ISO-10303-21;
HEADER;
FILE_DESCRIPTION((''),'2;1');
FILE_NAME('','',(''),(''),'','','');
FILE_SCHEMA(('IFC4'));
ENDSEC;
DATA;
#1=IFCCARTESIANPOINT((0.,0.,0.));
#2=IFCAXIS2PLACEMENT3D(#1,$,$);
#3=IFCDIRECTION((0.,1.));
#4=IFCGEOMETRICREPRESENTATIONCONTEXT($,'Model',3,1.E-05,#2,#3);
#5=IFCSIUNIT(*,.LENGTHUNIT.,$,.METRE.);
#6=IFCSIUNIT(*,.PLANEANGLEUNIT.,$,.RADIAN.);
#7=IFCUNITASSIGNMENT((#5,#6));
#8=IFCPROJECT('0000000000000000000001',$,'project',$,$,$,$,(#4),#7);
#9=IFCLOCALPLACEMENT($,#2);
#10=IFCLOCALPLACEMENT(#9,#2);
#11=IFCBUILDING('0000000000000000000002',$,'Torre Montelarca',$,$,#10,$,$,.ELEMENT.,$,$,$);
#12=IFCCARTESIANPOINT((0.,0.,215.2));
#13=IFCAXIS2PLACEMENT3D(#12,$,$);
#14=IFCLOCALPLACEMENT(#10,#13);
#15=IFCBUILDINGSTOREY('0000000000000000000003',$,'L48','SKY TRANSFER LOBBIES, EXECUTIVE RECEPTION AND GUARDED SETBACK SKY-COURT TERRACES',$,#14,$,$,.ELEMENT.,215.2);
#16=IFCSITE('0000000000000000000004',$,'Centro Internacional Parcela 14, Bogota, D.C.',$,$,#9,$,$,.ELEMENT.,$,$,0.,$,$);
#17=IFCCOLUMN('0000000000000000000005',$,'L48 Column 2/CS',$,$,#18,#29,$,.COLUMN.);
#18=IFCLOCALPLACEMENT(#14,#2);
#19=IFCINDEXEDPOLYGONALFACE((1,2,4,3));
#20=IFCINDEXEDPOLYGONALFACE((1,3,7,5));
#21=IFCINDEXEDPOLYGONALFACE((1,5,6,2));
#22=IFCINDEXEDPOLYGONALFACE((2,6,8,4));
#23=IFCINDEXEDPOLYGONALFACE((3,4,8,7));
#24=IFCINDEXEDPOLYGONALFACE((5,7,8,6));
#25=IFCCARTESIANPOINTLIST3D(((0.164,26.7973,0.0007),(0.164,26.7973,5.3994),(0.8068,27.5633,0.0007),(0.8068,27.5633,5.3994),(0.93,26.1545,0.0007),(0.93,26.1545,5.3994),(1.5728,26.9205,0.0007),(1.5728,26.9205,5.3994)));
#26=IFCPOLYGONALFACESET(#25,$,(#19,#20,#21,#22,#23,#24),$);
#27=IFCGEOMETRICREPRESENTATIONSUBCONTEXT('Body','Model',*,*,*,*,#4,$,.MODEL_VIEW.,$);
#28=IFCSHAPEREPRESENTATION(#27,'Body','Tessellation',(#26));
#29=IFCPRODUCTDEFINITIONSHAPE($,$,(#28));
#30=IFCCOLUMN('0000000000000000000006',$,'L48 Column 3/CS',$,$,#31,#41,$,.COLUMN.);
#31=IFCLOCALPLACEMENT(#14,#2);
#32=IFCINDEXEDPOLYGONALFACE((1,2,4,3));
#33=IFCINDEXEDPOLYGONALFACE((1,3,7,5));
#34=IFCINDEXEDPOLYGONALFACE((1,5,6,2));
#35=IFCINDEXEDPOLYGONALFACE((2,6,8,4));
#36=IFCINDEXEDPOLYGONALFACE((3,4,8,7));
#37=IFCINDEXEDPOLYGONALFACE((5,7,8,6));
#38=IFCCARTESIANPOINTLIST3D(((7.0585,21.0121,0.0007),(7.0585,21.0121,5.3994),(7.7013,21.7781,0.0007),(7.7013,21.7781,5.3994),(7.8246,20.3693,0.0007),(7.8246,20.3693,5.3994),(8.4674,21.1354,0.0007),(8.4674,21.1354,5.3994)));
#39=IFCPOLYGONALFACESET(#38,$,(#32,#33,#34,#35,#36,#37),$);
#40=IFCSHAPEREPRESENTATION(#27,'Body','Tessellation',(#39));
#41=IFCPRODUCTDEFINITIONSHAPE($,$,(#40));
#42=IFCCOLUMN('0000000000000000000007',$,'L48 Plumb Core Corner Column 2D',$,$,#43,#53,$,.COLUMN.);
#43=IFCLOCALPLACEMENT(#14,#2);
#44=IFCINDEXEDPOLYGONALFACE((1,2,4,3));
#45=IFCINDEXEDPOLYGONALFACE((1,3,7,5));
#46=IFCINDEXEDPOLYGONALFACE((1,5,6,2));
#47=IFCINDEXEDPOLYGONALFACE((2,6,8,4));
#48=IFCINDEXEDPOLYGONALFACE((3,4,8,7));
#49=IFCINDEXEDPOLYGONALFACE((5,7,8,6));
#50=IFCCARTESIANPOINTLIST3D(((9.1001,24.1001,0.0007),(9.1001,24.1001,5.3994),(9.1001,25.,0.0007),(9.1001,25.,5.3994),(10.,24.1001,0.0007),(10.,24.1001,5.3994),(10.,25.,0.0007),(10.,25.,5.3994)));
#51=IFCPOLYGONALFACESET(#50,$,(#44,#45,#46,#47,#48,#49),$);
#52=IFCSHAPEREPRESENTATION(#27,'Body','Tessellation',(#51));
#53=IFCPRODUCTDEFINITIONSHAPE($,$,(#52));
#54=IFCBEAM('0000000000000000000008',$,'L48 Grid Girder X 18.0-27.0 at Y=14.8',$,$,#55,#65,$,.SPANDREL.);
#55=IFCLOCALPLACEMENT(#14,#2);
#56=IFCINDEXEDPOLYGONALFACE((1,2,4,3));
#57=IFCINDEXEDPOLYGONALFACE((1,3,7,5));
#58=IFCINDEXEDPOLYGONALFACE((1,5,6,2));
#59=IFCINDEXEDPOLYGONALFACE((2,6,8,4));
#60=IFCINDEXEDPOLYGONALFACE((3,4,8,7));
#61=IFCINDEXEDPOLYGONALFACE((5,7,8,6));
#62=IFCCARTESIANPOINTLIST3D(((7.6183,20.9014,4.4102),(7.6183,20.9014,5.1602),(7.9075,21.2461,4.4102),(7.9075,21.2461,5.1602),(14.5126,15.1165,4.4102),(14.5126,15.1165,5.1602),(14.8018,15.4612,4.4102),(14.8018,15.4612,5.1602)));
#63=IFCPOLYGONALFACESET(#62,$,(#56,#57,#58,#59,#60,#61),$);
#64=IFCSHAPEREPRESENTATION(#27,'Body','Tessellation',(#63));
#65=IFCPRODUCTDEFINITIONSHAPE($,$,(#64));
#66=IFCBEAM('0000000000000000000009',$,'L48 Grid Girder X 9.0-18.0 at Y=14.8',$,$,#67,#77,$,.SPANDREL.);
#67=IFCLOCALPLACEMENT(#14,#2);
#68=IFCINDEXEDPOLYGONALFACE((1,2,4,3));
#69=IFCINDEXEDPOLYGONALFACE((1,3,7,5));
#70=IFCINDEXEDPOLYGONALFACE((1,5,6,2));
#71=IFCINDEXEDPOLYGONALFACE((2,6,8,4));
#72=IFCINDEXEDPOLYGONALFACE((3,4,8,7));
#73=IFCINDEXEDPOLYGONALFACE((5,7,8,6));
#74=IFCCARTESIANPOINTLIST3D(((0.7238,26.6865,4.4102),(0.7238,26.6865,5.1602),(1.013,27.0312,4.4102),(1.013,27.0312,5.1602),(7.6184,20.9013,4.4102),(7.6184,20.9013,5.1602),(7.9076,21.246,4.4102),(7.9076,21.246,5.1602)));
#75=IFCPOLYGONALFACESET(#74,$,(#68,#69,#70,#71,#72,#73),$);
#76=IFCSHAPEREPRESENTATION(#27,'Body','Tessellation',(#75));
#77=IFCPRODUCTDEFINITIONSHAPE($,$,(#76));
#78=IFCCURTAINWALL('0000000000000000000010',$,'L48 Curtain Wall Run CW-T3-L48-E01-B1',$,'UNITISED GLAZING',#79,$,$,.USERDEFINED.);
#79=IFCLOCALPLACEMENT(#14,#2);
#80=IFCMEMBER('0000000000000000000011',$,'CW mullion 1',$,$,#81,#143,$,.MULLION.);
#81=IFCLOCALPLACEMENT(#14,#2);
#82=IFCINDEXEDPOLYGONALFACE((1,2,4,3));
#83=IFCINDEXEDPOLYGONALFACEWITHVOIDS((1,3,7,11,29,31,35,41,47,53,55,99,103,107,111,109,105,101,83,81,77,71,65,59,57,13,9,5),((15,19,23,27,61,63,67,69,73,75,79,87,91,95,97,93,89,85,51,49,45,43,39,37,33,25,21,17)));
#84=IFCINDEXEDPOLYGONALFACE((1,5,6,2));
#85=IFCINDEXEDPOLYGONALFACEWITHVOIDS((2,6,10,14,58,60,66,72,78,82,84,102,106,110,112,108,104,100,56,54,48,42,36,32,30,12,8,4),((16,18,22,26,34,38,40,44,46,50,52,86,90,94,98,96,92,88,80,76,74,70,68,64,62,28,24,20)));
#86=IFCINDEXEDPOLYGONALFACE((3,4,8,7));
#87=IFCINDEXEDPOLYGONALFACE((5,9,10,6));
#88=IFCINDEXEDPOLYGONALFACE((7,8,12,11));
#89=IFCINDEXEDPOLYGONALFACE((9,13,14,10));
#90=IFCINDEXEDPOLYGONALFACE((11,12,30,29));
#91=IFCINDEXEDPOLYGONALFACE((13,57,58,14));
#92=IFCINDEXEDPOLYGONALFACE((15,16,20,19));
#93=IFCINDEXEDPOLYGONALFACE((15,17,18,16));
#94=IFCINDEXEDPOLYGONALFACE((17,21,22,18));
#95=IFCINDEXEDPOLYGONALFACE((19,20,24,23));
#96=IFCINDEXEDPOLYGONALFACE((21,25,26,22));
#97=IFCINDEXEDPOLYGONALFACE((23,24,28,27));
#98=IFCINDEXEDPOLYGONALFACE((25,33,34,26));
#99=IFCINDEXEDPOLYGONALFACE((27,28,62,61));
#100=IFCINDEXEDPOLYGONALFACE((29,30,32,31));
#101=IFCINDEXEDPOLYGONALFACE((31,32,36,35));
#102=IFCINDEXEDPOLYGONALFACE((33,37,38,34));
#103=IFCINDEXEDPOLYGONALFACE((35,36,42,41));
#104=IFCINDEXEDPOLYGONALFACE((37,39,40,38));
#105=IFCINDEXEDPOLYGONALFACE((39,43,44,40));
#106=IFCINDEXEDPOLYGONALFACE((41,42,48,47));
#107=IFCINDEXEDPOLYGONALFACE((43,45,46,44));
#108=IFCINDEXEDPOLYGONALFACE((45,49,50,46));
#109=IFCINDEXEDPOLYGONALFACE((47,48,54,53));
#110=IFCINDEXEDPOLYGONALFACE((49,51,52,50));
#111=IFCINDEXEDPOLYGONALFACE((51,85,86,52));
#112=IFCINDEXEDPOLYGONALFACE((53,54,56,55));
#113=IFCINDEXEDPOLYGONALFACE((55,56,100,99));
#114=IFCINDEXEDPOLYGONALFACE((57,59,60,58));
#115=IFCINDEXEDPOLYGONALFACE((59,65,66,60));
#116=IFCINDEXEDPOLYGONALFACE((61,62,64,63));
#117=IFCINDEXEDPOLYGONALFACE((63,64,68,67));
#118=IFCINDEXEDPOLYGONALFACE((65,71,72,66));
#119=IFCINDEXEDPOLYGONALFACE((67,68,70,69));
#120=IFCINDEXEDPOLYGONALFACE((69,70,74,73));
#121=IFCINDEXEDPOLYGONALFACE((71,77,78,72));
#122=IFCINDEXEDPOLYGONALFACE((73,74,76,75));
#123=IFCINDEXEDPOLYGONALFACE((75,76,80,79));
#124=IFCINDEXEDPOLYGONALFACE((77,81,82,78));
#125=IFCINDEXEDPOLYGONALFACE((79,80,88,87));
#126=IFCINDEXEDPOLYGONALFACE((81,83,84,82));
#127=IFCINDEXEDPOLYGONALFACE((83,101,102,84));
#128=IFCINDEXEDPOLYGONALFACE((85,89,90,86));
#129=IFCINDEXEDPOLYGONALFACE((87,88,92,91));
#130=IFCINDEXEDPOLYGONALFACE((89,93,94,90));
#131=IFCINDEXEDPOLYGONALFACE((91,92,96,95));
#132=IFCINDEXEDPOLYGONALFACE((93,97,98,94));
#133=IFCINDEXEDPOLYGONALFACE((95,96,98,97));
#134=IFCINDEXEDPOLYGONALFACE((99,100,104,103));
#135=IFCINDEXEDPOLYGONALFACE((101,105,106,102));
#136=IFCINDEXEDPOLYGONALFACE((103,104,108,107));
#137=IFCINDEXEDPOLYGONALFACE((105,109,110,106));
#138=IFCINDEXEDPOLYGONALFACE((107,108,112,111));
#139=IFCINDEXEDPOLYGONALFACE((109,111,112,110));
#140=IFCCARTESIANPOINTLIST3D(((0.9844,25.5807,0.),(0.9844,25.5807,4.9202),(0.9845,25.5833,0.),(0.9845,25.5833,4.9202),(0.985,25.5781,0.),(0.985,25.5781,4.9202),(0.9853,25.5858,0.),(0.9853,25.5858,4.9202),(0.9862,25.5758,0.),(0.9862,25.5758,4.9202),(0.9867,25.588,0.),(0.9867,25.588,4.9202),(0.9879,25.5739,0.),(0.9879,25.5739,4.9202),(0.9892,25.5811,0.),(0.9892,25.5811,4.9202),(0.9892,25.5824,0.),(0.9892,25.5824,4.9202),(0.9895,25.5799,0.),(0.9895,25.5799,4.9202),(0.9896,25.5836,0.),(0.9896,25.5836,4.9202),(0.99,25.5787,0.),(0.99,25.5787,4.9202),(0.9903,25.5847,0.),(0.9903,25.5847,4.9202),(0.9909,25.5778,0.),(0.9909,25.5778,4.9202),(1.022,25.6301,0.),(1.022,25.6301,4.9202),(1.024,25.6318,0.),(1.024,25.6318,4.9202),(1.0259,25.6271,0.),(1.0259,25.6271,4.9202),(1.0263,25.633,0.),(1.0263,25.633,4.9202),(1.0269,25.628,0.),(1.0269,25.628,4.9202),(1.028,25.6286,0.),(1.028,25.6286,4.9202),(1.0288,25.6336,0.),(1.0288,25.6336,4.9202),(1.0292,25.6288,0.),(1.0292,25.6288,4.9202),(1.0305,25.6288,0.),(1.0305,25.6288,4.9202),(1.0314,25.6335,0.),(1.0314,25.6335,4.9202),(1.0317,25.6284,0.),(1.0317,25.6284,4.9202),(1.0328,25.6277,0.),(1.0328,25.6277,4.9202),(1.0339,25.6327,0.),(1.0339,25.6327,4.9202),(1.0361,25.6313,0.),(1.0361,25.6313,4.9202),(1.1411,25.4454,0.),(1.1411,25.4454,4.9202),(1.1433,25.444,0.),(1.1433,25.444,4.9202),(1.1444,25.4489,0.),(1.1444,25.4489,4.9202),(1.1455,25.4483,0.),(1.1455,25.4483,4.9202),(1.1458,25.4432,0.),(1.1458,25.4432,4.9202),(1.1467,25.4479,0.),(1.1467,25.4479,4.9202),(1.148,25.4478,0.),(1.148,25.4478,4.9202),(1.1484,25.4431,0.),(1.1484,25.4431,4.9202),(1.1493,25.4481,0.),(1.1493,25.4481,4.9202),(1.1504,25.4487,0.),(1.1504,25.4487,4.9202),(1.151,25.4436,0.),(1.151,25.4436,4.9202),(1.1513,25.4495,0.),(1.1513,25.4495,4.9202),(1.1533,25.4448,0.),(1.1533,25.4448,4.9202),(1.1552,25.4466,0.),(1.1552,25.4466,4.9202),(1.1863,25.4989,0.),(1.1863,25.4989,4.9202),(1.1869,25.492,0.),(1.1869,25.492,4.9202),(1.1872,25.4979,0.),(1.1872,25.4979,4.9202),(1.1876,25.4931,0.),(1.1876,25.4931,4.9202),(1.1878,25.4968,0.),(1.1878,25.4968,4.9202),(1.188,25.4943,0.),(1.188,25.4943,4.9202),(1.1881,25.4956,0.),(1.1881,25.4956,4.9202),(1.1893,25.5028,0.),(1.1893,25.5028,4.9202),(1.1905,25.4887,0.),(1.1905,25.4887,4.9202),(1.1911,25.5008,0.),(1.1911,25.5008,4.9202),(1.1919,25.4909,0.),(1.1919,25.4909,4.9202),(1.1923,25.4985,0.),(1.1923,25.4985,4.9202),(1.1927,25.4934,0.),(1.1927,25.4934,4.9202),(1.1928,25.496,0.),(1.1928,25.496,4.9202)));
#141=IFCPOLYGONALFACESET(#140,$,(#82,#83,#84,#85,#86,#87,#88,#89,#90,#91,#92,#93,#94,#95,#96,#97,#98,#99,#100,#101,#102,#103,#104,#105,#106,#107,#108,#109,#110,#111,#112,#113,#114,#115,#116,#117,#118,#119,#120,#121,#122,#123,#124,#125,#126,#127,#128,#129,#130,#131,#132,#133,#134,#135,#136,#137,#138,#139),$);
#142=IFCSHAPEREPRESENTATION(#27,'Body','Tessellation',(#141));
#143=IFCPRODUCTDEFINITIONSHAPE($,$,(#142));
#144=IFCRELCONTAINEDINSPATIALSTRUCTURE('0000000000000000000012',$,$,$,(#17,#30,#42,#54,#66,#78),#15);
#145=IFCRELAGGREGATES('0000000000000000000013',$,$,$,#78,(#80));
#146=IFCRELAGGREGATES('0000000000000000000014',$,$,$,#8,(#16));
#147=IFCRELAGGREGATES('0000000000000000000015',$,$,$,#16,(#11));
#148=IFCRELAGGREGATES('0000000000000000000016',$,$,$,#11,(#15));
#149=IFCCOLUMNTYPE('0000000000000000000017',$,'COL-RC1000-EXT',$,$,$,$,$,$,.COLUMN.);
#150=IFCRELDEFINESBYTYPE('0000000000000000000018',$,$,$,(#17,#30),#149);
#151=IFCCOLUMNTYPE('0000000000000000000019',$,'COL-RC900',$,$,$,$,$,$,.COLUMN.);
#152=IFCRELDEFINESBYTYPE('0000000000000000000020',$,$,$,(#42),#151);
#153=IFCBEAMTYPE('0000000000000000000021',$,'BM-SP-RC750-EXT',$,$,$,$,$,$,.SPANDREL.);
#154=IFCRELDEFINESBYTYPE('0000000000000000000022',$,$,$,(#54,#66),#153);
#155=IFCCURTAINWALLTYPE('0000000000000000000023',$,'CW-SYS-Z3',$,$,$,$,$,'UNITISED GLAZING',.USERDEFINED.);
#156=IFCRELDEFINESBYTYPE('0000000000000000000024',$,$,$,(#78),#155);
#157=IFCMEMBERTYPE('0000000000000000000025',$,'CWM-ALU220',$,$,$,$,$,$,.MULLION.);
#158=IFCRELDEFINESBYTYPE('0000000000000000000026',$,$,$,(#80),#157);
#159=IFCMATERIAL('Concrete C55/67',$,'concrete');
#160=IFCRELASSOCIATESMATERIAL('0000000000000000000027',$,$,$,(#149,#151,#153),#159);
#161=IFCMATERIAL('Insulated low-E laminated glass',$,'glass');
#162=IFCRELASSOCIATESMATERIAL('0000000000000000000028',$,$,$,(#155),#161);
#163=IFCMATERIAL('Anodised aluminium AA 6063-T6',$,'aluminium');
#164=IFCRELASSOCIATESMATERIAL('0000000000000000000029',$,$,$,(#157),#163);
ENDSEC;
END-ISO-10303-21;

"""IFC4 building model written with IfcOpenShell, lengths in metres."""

from ifc_helpers import new_model, si_unit, direction, frame, origin, origin_2d, place, context, subcontext, project, spatial, rectangle, hollow_rectangle, extrude, source, transform, mapped, material, material_profile, profile_set, type_object, element, aggregate, save


model = new_model("IFC4")

# Units and contexts
model_context = context("Model", 3, precision=1e-05, world=origin(), true_north=direction((0.0, 1.0)))
body_context = subcontext(model_context, "Body", "Model", "MODEL_VIEW")
ifc_project = project(units=[si_unit("LENGTHUNIT", "METRE"), si_unit("PLANEANGLEUNIT", "RADIAN")], contexts=[model_context])

# Site, building, storey
site_placement = place(None, origin())
site = spatial("IfcSite", under=ifc_project, at=site_placement, Name="Centro Internacional Parcela 14, Bogota, D.C.", CompositionType="ELEMENT", RefElevation=0.0)
building_placement = place(site_placement, origin())
building = spatial("IfcBuilding", under=site, at=building_placement, Name="Torre Montelarca", CompositionType="ELEMENT")
storey_placement = place(building_placement, frame((0.0, 0.0, 215.2)))
storey = spatial("IfcBuildingStorey", under=building, at=storey_placement, Name="L48", Description="SKY TRANSFER LOBBIES, EXECUTIVE RECEPTION AND GUARDED SETBACK SKY-COURT TERRACES", CompositionType="ELEMENT", Elevation=215.2)

# Columns
ifc_material_1 = material(Name="Concrete C55/67", Category="concrete")
ifc_material_profile_1 = material_profile(ifc_material_1, rectangle(XDim=1.0, YDim=1.0, at=origin_2d()), Name="RC1000X1000", Category="concrete")
ifc_profile_set_1 = profile_set([ifc_material_profile_1], Name="Concrete C55/67")
column_type_1 = type_object("IfcColumnType", Name="COL-RC1000-EXT", PredefinedType="COLUMN", material=ifc_profile_set_1)
shared_shape_1 = source(origin(), body_context, "Body", "SweptSolid", [
    extrude(rectangle(XDim=1.0, YDim=1.0, at=origin_2d()), origin(), (0.0, 0.0, 1.0), 5.3987),
])
for number, where, z_axis, x_axis, name in (
    (1, (0.8684, 26.8589, 0.0007), (0.0, 0.0, 1.0), (-0.766044, 0.642788, 0.0), "L48 Column 2/CS"),
    (2, (7.7629, 21.0737, 0.0007), (0.0, 0.0, 1.0), (-0.766044, 0.642788, 0.0), "L48 Column 3/CS"),
):
    element("IfcColumn", number, at=place(storey_placement, frame(where, z_axis=z_axis, x_axis=x_axis)), inside=storey, type_object=column_type_1, Name=name, PredefinedType="COLUMN", context=body_context, shape_type="MappedRepresentation", body=[
        mapped(shared_shape_1, transform((0.0, 0.0, 0.0), scale=1.0)),
    ])
ifc_material_profile_2 = material_profile(ifc_material_1, rectangle(XDim=0.8999, YDim=0.8999, at=origin_2d()), Name="RC900X900", Category="concrete")
ifc_profile_set_2 = profile_set([ifc_material_profile_2], Name="Concrete C55/67")
column_type_2 = type_object("IfcColumnType", Name="COL-RC900", PredefinedType="COLUMN", material=ifc_profile_set_2)
shared_shape_2 = source(origin(), body_context, "Body", "SweptSolid", [
    extrude(rectangle(XDim=0.8999, YDim=0.8999, at=origin_2d()), origin(), (0.0, 0.0, 1.0), 5.3987),
])
column_placement = place(storey_placement, frame((9.55, 24.55, 0.0007), z_axis=(0.0, 0.0, 1.0), x_axis=(1.0, 0.0, 0.0)))
element("IfcColumn", 3, at=column_placement, inside=storey, type_object=column_type_2, Name="L48 Plumb Core Corner Column 2D", PredefinedType="COLUMN", context=body_context, shape_type="MappedRepresentation", body=[
    mapped(shared_shape_2, transform((0.0, 0.0, 0.0), scale=1.0)),
])

# Beams
ifc_material_profile_3 = material_profile(ifc_material_1, rectangle(XDim=0.45, YDim=0.75, at=origin_2d()), Name="RCB450X750", Category="concrete")
ifc_profile_set_3 = profile_set([ifc_material_profile_3], Name="Concrete C55/67")
beam_type = type_object("IfcBeamType", Name="BM-SP-RC750-EXT", PredefinedType="SPANDREL", material=ifc_profile_set_3)
shared_shape_3 = source(origin(), body_context, "Body", "SweptSolid", [
    extrude(rectangle(XDim=0.45, YDim=0.75, at=origin_2d()), origin(), (0.0, 0.0, 1.0), 8.9998),
])
beam_1_placement = place(storey_placement, frame((7.7629, 21.0737, 4.7852), z_axis=(0.766049, -0.642782, 0.0), x_axis=(0.642782, 0.766049, 0.0)))
element("IfcBeam", 4, at=beam_1_placement, inside=storey, type_object=beam_type, Name="L48 Grid Girder X 18.0-27.0 at Y=14.8", PredefinedType="SPANDREL", context=body_context, shape_type="MappedRepresentation", body=[
    mapped(shared_shape_3, transform((0.0, 0.0, 0.0), scale=1.0)),
])
shared_shape_4 = source(origin(), body_context, "Body", "SweptSolid", [
    extrude(rectangle(XDim=0.45, YDim=0.75, at=origin_2d()), origin(), (0.0, 0.0, 1.0), 9.0002),
])
beam_2_placement = place(storey_placement, frame((0.8684, 26.8589, 4.7852), z_axis=(0.766047, -0.642785, 0.0), x_axis=(0.642785, 0.766047, 0.0)))
element("IfcBeam", 5, at=beam_2_placement, inside=storey, type_object=beam_type, Name="L48 Grid Girder X 9.0-18.0 at Y=14.8", PredefinedType="SPANDREL", context=body_context, shape_type="MappedRepresentation", body=[
    mapped(shared_shape_4, transform((0.0, 0.0, 0.0), scale=1.0)),
])

# Curtain wall, member
ifc_material_2 = material(Name="Insulated low-E laminated glass", Category="glass")
curtain_wall_type = type_object("IfcCurtainWallType", Name="CW-SYS-Z3", ElementType="UNITISED GLAZING", PredefinedType="USERDEFINED", material=ifc_material_2)
curtain_wall_1_placement = place(storey_placement, origin())
curtain_wall_1 = element("IfcCurtainWall", 6, at=curtain_wall_1_placement, inside=storey, type_object=curtain_wall_type, Name="L48 Curtain Wall Run CW-T3-L48-E01-B1", ObjectType="UNITISED GLAZING", PredefinedType="USERDEFINED")
ifc_material_3 = material(Name="Anodised aluminium AA 6063-T6", Category="aluminium")
ifc_material_profile_4 = material_profile(ifc_material_3, hollow_rectangle(XDim=0.075, YDim=0.22, WallThickness=0.0049, InnerFilletRadius=0.0049, OuterFilletRadius=0.01, at=origin_2d()), Name="ALU75X220X5", Category="aluminium")
ifc_profile_set_4 = profile_set([ifc_material_profile_4], Name="Anodised aluminium AA 6063-T6")
member_type_1 = type_object("IfcMemberType", Name="CWM-ALU220", PredefinedType="MULLION", material=ifc_profile_set_4)
shared_shape_5 = source(origin(), body_context, "Body", "SweptSolid", [
    extrude(hollow_rectangle(XDim=0.075, YDim=0.22, WallThickness=0.0049, InnerFilletRadius=0.0049, OuterFilletRadius=0.01, at=origin_2d()), origin(), (0.0, 0.0, 1.0), 4.9202),
])
member_1_placement = place(storey_placement, frame((1.0886, 25.5383, 0.0), z_axis=(0.0, 0.0, 1.0), x_axis=(0.642789, 0.766043, 0.0)))
member_1 = element("IfcMember", 7, at=member_1_placement, type_object=member_type_1, Name="CW mullion 1", PredefinedType="MULLION", context=body_context, shape_type="MappedRepresentation", body=[
    mapped(shared_shape_5, transform((0.0, 0.0, 0.0), scale=1.0)),
])

aggregate(curtain_wall_1, [member_1])

save(model, "model.ifc")
